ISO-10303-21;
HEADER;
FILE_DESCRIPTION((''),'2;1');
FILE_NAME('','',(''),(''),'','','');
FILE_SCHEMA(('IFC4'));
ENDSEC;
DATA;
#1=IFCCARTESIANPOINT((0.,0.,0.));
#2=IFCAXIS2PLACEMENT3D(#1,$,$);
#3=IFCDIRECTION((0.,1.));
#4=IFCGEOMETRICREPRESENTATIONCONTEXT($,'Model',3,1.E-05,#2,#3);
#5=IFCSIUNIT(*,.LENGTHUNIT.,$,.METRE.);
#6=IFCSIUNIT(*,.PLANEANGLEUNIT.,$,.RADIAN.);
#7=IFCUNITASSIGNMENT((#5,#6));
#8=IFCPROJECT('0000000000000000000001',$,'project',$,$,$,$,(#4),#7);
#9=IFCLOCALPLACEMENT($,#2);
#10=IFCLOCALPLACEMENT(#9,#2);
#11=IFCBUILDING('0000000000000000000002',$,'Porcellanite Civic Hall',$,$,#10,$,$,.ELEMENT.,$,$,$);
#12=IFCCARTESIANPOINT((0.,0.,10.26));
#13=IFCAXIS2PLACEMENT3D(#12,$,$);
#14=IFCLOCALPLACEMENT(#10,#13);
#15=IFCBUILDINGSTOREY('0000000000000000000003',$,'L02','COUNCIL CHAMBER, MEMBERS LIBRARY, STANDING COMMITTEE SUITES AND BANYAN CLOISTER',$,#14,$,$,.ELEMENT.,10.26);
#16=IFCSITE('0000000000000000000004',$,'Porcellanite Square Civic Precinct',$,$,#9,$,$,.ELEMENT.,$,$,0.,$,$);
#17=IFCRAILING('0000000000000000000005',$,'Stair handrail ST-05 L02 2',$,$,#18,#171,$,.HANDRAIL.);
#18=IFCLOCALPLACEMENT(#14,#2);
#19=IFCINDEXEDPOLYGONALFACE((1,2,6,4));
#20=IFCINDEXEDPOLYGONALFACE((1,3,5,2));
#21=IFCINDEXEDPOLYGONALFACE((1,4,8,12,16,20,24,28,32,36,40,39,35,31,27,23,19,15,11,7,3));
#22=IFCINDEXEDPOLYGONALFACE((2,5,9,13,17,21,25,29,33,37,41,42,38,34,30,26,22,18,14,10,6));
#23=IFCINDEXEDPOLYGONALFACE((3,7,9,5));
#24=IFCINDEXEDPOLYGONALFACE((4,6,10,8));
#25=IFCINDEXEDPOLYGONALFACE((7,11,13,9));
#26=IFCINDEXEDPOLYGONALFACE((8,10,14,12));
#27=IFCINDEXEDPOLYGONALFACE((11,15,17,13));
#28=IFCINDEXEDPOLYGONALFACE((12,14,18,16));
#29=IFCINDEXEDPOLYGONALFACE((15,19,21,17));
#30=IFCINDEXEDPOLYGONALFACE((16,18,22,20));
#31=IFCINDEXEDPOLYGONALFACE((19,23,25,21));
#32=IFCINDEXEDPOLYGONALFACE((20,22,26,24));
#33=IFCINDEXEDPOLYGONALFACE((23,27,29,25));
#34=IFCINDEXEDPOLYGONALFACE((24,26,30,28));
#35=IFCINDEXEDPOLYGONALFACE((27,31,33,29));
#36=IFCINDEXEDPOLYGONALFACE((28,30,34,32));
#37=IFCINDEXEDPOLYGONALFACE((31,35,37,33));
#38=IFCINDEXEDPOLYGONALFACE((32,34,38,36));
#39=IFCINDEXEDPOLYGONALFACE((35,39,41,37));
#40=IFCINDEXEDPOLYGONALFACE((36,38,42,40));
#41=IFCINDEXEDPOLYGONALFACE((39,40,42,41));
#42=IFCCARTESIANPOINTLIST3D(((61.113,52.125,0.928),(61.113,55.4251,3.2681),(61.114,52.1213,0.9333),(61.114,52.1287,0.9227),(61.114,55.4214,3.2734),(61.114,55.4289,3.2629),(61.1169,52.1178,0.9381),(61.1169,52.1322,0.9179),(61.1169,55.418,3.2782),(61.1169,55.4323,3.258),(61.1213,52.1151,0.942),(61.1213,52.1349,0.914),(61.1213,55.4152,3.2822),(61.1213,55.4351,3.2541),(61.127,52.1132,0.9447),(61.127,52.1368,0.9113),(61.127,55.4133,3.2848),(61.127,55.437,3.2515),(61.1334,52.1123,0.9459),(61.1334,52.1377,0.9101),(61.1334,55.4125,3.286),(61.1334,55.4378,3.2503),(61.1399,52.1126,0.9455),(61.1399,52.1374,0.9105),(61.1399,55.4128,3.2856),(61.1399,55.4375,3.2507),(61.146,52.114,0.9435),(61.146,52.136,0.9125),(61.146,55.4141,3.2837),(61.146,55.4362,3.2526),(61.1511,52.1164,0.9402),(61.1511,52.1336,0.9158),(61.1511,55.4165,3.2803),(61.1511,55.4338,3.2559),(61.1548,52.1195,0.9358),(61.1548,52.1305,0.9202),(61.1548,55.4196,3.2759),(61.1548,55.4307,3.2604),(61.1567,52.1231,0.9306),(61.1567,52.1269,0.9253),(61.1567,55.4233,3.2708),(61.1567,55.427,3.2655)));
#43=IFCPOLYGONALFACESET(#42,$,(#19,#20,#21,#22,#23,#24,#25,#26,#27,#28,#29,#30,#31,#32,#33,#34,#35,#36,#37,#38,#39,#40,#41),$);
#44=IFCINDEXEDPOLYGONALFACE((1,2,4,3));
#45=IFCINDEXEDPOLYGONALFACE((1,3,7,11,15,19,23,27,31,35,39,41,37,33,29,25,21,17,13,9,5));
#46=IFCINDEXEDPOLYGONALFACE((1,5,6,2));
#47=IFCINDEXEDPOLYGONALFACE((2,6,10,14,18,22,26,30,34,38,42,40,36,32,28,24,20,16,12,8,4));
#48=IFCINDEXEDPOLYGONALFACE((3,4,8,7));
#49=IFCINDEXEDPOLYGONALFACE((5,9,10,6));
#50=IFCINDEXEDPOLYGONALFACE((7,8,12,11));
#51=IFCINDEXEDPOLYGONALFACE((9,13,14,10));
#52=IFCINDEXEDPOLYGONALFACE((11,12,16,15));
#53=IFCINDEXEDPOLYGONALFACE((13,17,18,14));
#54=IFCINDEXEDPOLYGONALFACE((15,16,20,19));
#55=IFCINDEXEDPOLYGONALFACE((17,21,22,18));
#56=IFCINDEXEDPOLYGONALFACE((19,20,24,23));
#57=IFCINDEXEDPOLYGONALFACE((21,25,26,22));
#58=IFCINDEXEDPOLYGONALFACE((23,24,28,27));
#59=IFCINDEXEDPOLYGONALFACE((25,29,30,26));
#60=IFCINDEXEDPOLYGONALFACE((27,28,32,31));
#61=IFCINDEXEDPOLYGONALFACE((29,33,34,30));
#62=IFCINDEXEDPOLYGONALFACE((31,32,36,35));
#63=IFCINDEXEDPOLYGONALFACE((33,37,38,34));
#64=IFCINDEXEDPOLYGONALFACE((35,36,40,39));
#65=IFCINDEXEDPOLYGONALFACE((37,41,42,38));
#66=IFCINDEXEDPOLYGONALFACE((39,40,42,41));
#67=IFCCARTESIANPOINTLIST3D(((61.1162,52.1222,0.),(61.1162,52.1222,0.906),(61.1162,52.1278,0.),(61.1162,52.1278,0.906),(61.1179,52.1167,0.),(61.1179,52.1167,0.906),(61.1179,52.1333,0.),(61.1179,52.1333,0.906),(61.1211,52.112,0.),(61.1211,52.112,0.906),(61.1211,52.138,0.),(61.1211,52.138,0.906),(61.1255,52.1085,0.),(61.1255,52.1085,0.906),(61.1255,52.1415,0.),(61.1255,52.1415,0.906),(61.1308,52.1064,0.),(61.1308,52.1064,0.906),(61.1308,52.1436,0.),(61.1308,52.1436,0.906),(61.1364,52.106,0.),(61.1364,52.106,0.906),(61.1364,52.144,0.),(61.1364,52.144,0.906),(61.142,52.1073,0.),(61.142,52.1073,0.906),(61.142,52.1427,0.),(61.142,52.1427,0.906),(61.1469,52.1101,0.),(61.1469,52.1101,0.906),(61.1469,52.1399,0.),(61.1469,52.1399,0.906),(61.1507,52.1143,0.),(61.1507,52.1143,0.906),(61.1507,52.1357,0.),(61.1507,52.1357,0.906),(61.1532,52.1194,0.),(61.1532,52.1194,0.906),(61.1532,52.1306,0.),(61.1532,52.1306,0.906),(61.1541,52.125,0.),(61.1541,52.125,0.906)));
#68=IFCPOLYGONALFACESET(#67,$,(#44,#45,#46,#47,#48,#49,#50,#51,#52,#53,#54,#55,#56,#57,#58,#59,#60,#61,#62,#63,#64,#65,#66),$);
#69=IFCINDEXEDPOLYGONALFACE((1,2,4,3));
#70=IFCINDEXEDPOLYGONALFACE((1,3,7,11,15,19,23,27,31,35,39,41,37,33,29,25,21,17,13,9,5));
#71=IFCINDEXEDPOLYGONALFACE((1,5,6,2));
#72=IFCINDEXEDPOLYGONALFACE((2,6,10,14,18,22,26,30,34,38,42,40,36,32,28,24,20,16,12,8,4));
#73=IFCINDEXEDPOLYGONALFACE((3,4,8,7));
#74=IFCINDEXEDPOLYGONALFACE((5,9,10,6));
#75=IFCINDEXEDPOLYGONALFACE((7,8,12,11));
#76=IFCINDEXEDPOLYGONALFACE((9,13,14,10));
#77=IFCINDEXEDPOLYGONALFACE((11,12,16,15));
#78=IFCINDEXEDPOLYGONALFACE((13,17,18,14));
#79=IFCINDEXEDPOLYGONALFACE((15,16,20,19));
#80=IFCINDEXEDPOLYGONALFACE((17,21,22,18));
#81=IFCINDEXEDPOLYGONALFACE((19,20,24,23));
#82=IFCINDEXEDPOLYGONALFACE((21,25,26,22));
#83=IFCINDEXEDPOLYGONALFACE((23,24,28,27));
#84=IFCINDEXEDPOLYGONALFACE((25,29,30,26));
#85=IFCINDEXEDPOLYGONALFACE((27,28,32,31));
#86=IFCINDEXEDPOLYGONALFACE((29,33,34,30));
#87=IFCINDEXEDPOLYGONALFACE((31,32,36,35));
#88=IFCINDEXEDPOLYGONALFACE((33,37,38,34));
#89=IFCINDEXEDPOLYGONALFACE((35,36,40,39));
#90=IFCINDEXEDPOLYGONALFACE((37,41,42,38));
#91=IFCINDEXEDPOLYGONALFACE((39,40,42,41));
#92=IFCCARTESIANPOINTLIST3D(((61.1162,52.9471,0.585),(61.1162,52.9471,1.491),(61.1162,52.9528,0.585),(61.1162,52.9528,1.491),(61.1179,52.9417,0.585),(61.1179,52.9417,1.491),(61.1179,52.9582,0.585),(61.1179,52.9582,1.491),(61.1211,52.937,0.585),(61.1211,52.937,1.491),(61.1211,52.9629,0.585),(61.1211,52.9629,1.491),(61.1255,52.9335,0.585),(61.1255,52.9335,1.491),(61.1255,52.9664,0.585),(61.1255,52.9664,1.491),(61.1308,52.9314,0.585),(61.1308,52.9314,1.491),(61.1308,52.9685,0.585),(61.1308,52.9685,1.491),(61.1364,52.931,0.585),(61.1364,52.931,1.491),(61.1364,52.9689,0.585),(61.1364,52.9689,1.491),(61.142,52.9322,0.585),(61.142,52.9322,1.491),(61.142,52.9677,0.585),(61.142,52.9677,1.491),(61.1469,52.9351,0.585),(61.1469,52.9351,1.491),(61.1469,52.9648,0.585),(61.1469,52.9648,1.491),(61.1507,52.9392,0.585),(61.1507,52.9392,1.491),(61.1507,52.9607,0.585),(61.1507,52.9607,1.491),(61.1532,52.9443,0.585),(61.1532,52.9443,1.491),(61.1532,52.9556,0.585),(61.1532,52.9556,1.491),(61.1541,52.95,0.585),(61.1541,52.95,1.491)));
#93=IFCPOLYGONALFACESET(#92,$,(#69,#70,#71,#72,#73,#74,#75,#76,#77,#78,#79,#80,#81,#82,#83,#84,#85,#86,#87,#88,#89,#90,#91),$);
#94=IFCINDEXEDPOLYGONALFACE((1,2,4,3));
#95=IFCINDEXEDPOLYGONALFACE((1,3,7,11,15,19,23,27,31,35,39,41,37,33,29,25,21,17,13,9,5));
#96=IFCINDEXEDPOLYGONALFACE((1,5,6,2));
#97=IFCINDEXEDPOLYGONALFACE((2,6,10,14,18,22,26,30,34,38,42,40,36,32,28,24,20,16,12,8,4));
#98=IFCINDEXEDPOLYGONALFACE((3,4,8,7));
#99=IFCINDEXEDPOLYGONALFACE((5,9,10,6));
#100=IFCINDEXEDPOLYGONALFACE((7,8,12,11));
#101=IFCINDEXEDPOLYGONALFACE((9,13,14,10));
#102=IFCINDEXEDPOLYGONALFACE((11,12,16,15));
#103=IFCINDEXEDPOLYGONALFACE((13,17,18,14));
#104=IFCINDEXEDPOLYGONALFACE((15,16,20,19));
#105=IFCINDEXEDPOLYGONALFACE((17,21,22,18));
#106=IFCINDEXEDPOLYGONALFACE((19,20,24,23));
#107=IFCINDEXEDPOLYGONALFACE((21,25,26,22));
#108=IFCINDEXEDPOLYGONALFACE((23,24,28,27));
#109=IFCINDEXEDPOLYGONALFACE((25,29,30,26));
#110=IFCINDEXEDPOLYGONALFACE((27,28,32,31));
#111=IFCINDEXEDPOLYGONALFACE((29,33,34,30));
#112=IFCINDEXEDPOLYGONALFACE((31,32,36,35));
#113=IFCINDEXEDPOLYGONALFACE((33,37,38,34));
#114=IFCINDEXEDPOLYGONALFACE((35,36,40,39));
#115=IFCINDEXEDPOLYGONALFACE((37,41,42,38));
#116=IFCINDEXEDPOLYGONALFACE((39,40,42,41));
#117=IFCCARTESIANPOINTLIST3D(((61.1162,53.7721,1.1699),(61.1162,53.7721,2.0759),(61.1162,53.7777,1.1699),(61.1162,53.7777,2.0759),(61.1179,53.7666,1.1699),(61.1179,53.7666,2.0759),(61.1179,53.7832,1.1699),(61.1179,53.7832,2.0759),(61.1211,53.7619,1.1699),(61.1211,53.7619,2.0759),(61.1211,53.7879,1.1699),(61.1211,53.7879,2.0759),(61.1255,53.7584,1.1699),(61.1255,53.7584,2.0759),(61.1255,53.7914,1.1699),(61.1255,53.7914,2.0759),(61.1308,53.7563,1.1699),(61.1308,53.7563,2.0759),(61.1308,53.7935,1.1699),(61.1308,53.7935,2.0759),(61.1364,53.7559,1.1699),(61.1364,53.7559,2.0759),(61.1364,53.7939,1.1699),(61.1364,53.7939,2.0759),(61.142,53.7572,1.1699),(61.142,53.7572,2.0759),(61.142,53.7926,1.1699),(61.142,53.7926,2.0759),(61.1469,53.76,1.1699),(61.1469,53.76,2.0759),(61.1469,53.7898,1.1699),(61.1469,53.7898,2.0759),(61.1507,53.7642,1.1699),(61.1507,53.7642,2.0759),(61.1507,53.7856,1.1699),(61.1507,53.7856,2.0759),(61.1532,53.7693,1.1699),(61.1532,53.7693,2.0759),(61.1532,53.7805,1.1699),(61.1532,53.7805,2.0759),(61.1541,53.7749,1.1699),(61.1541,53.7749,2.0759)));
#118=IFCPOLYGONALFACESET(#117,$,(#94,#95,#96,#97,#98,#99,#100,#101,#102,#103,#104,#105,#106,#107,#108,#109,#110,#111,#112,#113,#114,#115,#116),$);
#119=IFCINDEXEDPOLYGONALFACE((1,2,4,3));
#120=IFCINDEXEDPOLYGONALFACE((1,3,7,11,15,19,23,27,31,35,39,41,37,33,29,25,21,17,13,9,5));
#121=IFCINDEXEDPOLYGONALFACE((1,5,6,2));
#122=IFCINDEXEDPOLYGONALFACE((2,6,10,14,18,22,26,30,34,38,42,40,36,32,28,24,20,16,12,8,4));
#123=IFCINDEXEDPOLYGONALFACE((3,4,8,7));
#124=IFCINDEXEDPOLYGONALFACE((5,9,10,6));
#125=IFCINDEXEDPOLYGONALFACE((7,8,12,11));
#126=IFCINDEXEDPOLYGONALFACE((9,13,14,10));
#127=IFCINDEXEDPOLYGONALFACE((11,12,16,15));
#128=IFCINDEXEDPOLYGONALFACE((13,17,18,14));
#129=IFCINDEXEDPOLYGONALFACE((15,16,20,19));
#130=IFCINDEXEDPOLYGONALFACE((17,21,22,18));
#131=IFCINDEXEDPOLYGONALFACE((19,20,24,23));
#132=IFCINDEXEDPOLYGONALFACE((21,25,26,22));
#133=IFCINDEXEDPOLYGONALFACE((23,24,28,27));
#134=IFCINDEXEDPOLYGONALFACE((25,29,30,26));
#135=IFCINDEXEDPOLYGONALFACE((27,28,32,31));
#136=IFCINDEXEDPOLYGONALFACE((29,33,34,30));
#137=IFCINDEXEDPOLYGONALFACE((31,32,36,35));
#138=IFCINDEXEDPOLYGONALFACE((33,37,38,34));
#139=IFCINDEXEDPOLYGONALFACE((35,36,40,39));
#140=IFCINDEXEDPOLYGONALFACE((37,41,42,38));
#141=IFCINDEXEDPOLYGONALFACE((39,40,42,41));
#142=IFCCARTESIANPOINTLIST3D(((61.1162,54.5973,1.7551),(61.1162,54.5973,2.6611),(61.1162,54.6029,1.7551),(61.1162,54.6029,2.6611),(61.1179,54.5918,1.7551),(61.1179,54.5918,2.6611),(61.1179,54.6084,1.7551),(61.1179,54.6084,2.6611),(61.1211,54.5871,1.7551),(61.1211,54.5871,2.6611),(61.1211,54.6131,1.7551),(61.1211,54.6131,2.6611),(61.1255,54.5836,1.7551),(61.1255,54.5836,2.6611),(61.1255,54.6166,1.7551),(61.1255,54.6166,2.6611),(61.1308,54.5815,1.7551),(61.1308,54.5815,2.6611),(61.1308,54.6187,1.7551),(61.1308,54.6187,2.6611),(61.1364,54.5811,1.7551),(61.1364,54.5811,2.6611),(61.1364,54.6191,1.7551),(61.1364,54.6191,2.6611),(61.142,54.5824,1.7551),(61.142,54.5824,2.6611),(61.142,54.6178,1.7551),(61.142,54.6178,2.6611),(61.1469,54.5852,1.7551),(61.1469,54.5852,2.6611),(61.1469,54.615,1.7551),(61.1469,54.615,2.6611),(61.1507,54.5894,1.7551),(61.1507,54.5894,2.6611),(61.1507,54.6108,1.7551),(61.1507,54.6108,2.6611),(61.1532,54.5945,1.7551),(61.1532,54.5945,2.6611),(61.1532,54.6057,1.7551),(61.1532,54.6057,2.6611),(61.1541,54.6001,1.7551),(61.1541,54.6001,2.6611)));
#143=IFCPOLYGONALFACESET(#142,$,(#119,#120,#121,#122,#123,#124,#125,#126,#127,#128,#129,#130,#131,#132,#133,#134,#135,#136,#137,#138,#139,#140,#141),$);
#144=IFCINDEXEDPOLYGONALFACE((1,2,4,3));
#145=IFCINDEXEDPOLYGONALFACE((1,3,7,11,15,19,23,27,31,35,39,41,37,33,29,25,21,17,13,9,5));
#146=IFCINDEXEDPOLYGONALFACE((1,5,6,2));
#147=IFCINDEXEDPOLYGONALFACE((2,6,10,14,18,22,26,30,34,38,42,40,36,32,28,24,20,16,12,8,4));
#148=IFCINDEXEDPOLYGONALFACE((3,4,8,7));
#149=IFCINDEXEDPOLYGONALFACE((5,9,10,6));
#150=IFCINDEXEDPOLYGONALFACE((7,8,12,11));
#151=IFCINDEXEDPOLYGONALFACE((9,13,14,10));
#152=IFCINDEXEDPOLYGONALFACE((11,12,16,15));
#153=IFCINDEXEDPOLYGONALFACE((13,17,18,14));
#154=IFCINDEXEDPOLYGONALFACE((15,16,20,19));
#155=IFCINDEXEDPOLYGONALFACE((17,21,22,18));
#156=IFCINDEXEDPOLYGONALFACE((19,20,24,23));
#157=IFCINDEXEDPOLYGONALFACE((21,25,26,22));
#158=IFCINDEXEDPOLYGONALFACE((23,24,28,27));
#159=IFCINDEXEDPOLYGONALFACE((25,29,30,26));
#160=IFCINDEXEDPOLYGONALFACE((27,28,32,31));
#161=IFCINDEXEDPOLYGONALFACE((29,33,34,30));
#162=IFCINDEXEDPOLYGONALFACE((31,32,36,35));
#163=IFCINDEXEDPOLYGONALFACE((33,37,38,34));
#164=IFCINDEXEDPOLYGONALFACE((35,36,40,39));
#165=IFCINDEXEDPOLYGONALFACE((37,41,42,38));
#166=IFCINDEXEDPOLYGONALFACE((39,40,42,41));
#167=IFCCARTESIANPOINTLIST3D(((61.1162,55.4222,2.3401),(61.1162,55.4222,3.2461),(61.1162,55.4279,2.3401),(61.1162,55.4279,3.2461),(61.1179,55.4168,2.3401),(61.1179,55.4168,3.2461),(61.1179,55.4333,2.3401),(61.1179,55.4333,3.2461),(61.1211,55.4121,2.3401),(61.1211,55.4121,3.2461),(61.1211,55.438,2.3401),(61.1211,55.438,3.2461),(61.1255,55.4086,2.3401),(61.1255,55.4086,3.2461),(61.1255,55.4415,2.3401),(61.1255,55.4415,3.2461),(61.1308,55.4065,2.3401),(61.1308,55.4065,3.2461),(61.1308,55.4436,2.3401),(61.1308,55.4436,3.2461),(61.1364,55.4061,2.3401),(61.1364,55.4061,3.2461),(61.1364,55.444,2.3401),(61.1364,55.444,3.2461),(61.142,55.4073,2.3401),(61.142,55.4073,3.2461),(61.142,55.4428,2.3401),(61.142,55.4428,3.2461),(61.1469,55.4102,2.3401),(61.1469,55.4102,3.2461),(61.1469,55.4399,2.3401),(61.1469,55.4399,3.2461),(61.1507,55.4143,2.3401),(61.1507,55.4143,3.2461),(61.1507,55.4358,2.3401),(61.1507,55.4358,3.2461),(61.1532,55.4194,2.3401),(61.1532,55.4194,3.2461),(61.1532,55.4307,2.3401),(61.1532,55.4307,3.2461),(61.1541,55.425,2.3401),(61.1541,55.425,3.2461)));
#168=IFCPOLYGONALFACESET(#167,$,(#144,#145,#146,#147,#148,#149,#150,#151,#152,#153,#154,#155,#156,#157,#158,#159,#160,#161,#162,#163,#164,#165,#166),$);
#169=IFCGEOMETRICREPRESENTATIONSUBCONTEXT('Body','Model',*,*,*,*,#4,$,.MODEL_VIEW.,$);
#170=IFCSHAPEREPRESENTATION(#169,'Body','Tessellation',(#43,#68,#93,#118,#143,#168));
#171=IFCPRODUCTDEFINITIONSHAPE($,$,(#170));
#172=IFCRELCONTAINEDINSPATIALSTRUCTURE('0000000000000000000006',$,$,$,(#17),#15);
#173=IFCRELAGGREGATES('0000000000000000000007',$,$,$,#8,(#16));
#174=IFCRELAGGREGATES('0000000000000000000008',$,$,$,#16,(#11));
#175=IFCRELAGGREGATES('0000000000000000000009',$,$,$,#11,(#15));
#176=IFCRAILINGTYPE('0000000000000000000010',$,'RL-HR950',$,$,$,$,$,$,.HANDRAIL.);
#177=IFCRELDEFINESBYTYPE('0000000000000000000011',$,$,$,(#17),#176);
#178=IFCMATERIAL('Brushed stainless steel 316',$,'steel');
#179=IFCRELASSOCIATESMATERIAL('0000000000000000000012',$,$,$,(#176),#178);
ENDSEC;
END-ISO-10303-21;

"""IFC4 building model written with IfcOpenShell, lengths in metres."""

from ifc_helpers import new_model, si_unit, direction, frame, origin, origin_2d, place, context, subcontext, project, spatial, circle, extrude, material, type_object, element, save


model = new_model("IFC4")

# Units and contexts
model_context = context("Model", 3, precision=1e-05, world=origin(), true_north=direction((0.0, 1.0)))
body_context = subcontext(model_context, "Body", "Model", "MODEL_VIEW")
ifc_project = project(units=[si_unit("LENGTHUNIT", "METRE"), si_unit("PLANEANGLEUNIT", "RADIAN")], contexts=[model_context])

# Site, building, storey
site_placement = place(None, origin())
site = spatial("IfcSite", under=ifc_project, at=site_placement, Name="Porcellanite Square Civic Precinct", CompositionType="ELEMENT", RefElevation=0.0)
building_placement = place(site_placement, origin())
building = spatial("IfcBuilding", under=site, at=building_placement, Name="Porcellanite Civic Hall", CompositionType="ELEMENT")
storey_placement = place(building_placement, frame((0.0, 0.0, 10.26)))
storey = spatial("IfcBuildingStorey", under=building, at=storey_placement, Name="L02", Description="COUNCIL CHAMBER, MEMBERS LIBRARY, STANDING COMMITTEE SUITES AND BANYAN CLOISTER", CompositionType="ELEMENT", Elevation=10.26)

# Railing
ifc_material_1 = material(Name="Brushed stainless steel 316", Category="steel")
railing_type_1 = type_object("IfcRailingType", Name="RL-HR950", PredefinedType="HANDRAIL", material=ifc_material_1)
railing_1_placement = place(storey_placement, frame((61.135, 52.125, 0.0)))
element("IfcRailing", 1, at=railing_1_placement, inside=storey, type_object=railing_type_1, Name="Stair handrail ST-05 L02 2", PredefinedType="HANDRAIL", context=body_context, shape_type="SweptSolid", body=[
    extrude(circle(Radius=0.022, at=origin_2d()), frame((0.0, 0.0, 0.928), z_axis=(0.0, 0.815727, 0.578438), x_axis=(-1.0, 0.0, 0.0)), (0.0, 0.0, 1.0), 4.0457),
    extrude(circle(Radius=0.019, at=origin_2d()), origin(), (0.0, 0.0, 1.0), 0.906),
    extrude(circle(Radius=0.019, at=origin_2d()), frame((0.0, 0.825, 0.585)), (0.0, 0.0, 1.0), 0.906),
    extrude(circle(Radius=0.019, at=origin_2d()), frame((0.0, 1.6499, 1.1699)), (0.0, 0.0, 1.0), 0.906),
    extrude(circle(Radius=0.019, at=origin_2d()), frame((0.0, 2.4751, 1.7551)), (0.0, 0.0, 1.0), 0.906),
    extrude(circle(Radius=0.019, at=origin_2d()), frame((0.0, 3.3, 2.3401)), (0.0, 0.0, 1.0), 0.906),
])

save(model, "model.ifc")
